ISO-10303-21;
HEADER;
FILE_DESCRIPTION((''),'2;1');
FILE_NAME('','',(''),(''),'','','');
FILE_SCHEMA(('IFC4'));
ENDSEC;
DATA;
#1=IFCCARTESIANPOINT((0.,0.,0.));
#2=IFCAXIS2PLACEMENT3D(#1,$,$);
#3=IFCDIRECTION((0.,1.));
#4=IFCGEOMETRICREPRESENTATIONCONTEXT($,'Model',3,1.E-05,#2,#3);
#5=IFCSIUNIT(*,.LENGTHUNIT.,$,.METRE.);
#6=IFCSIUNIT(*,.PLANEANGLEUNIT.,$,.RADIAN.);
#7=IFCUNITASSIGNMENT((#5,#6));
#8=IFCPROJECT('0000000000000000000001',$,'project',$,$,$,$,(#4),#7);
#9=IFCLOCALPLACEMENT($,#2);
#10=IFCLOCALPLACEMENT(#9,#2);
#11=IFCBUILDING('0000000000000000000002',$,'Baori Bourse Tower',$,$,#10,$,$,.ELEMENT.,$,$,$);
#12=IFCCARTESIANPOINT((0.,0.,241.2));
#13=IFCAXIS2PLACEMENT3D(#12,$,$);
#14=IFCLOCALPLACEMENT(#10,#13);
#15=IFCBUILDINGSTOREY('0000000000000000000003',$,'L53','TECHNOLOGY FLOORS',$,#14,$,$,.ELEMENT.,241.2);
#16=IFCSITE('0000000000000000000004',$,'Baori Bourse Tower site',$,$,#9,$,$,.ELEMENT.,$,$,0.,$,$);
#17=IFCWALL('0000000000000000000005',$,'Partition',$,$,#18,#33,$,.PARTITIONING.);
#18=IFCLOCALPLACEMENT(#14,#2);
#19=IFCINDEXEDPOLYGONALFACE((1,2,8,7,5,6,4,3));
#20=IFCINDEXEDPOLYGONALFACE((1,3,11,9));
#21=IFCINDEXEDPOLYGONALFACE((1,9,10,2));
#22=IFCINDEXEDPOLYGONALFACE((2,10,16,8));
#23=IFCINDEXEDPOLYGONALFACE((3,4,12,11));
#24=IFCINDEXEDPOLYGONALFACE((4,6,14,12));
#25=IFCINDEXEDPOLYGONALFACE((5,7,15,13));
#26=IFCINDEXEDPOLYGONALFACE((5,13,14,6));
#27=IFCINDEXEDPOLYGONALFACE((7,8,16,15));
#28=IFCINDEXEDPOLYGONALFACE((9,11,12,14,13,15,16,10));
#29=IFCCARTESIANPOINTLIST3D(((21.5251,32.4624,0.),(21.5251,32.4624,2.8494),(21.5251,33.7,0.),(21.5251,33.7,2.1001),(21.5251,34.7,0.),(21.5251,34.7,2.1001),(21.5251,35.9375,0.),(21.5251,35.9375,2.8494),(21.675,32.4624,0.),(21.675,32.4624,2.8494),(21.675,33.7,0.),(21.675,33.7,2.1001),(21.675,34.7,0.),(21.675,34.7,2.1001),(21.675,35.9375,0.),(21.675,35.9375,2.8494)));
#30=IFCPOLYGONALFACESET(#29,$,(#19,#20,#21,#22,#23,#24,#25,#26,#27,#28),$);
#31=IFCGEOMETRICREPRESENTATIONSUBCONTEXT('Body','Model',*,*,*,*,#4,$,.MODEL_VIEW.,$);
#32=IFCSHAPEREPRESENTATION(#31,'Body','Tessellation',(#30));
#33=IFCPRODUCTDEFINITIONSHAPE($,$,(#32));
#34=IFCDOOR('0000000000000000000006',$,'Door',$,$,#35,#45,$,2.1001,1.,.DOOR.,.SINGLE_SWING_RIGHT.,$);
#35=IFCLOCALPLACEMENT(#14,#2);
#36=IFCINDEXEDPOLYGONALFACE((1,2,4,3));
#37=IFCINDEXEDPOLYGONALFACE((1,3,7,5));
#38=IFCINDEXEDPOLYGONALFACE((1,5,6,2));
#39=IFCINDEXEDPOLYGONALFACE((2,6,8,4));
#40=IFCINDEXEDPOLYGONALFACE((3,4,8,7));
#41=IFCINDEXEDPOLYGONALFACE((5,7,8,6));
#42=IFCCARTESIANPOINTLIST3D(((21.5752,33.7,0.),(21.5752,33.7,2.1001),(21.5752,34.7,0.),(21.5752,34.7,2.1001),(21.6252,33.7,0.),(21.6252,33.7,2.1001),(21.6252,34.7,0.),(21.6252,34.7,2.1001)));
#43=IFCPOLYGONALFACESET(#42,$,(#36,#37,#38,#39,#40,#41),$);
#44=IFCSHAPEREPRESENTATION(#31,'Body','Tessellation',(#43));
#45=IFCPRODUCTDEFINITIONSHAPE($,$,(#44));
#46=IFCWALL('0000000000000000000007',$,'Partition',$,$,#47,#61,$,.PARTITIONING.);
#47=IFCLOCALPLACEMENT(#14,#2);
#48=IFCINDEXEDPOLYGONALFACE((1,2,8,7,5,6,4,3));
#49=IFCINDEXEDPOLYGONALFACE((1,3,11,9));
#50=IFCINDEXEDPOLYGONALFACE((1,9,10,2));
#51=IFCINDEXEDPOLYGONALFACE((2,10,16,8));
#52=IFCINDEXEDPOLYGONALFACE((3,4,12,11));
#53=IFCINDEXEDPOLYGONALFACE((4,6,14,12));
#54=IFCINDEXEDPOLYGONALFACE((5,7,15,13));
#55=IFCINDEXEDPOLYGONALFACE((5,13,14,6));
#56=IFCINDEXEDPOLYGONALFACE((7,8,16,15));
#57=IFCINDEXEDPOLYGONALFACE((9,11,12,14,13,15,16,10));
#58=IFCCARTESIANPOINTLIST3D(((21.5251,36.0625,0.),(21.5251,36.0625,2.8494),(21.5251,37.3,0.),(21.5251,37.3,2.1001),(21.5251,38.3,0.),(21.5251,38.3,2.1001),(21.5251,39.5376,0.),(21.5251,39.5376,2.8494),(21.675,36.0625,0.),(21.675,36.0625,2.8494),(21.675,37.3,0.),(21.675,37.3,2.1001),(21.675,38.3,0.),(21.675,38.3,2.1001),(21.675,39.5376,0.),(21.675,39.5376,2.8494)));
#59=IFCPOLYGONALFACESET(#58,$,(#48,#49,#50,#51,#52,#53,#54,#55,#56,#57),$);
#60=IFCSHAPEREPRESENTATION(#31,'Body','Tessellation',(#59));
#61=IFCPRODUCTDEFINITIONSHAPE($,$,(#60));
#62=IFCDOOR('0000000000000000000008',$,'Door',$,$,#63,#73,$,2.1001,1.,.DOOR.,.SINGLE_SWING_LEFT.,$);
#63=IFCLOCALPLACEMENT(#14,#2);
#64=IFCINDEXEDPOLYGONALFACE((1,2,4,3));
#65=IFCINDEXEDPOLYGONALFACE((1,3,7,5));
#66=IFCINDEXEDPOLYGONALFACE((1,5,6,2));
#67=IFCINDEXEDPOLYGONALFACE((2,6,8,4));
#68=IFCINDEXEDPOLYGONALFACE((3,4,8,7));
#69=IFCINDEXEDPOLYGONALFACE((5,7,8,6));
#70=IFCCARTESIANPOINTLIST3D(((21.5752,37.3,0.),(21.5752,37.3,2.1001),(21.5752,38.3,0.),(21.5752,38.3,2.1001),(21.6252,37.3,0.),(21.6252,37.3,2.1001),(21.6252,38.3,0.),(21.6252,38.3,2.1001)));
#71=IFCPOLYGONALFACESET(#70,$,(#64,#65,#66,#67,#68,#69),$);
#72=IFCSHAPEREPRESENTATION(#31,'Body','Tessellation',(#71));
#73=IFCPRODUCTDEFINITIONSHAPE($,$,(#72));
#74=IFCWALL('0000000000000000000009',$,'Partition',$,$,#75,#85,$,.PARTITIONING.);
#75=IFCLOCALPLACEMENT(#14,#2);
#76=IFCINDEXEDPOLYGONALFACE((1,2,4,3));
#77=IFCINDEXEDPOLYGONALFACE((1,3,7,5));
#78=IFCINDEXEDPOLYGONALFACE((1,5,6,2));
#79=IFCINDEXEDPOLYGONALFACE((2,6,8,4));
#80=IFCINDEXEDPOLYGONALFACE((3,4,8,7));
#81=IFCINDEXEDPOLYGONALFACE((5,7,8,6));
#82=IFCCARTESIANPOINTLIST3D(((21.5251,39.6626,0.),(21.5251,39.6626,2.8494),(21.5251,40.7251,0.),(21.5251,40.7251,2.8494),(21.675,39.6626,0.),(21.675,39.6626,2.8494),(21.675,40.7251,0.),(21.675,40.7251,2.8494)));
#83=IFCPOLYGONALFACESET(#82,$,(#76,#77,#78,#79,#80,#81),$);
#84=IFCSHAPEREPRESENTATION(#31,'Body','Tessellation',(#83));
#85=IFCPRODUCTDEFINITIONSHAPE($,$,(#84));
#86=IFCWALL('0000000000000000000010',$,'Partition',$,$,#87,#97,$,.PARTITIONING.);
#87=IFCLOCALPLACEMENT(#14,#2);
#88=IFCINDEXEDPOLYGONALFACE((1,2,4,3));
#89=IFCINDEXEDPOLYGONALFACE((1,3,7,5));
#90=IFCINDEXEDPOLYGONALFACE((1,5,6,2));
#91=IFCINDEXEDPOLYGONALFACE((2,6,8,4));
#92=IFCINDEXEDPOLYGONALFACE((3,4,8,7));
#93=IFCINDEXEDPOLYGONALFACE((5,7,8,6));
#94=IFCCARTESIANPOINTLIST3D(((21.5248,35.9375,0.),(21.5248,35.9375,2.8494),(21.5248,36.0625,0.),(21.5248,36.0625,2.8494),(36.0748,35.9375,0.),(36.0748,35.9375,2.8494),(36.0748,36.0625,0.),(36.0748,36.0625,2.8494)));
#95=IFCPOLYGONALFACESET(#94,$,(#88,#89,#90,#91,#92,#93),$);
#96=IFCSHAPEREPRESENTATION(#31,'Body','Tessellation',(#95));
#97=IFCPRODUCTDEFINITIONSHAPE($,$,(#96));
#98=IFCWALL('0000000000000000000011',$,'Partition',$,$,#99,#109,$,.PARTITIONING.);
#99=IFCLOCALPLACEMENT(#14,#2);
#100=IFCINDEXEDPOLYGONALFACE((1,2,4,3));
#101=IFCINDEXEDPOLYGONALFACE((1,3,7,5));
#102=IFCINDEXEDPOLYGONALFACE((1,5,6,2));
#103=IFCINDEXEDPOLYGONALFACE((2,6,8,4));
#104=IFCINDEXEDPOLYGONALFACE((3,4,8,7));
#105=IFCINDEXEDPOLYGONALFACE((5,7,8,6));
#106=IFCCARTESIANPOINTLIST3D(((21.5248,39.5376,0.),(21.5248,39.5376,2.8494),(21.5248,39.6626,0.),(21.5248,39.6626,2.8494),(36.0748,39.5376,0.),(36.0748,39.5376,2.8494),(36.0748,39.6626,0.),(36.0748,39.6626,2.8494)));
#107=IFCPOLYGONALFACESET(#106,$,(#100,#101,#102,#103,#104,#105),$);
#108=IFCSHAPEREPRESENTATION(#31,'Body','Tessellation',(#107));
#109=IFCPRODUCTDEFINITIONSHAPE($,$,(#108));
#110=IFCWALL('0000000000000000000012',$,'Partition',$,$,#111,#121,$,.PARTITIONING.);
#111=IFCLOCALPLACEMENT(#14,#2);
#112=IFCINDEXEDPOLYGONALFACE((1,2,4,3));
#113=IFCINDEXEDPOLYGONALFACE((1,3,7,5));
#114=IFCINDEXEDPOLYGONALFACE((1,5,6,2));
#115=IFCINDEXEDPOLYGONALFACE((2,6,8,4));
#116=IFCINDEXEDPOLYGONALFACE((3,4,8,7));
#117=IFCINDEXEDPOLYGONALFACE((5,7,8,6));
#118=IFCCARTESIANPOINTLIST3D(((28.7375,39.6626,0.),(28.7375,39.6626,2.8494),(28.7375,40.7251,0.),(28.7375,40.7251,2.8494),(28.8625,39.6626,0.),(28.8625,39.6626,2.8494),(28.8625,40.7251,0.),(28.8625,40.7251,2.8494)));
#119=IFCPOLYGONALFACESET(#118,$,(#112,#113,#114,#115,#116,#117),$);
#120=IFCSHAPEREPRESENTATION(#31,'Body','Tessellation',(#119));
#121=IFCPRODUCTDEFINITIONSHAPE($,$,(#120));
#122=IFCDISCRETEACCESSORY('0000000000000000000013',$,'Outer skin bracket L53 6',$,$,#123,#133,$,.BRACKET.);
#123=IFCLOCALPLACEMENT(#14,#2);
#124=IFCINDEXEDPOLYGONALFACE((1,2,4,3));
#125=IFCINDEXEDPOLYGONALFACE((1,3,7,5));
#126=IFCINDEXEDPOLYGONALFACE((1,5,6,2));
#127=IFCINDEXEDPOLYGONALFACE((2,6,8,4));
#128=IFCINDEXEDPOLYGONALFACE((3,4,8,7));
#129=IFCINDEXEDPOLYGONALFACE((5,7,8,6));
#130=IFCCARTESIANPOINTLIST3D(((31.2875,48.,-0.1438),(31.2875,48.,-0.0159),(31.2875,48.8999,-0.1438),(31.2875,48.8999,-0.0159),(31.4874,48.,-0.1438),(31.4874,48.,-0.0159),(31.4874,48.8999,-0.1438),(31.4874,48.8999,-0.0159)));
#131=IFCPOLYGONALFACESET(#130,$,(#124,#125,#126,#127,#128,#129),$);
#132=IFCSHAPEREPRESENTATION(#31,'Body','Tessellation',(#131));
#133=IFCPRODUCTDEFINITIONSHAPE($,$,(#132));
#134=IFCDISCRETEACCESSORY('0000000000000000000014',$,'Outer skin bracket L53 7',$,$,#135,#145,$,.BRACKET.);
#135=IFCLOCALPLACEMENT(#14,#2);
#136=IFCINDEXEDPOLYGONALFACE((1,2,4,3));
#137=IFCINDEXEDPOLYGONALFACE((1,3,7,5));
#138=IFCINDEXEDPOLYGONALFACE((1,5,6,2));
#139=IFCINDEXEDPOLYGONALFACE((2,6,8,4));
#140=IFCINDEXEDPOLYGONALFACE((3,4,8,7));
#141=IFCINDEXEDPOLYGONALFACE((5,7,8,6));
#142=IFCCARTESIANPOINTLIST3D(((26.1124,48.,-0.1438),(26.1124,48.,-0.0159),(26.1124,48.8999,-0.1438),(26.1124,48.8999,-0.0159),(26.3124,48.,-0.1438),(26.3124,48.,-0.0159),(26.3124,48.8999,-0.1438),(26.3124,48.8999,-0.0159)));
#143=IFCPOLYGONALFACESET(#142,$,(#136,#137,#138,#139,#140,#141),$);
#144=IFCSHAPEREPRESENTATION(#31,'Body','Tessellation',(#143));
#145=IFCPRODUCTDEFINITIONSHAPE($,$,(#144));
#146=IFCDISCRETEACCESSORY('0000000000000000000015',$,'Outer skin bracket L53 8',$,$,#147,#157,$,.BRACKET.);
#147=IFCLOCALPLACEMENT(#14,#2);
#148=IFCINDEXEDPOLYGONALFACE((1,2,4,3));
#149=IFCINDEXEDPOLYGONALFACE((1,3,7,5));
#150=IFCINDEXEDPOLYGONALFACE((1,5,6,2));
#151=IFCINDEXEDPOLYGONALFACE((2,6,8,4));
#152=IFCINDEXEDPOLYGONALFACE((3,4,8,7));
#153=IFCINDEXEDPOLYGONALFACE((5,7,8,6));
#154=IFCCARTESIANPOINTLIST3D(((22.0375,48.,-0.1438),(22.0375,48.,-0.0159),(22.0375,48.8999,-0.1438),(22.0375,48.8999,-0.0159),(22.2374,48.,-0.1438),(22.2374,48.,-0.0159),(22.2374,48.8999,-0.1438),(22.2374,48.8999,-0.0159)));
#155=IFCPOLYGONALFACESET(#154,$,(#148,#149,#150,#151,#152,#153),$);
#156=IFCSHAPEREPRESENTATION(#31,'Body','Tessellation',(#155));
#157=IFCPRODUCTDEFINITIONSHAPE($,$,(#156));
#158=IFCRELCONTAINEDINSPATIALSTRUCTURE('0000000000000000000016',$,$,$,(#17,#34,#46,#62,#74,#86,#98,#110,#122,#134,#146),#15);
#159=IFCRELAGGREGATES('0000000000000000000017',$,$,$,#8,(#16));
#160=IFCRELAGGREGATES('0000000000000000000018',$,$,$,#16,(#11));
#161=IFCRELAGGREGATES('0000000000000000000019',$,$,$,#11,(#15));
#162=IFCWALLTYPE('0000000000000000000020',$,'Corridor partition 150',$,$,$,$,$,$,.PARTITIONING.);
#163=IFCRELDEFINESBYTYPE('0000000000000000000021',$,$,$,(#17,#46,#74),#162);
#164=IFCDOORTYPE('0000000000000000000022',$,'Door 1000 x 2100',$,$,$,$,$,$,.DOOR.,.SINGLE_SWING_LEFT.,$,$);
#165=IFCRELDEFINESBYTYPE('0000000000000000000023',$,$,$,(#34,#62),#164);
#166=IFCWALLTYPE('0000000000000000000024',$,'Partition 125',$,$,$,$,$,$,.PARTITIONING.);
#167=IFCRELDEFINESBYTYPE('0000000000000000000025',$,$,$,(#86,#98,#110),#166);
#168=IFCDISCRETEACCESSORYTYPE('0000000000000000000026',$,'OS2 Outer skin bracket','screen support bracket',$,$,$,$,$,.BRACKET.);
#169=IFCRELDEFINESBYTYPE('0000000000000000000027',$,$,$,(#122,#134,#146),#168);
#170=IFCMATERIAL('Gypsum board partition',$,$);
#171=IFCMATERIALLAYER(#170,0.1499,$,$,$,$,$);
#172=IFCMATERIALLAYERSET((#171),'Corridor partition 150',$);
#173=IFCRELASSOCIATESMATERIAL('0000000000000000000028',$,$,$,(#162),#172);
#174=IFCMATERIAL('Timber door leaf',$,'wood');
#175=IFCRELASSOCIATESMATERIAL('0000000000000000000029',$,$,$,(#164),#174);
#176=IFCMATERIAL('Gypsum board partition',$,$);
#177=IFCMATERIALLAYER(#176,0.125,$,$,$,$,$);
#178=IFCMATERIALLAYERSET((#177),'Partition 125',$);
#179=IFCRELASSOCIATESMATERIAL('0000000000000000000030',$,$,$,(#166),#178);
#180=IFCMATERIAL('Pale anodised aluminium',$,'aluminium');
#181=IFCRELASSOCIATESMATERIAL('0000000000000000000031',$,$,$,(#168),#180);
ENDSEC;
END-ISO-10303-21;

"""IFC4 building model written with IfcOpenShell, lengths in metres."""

from ifc_helpers import new_model, si_unit, direction, frame, frame_2d, origin, origin_2d, place, context, subcontext, project, spatial, rectangle, extrude, material, layer, layer_set, type_object, element, fill, save


model = new_model("IFC4")

# Units and contexts
model_context = context("Model", 3, precision=1e-05, world=origin(), true_north=direction((0.0, 1.0)))
body_context = subcontext(model_context, "Body", "Model", "MODEL_VIEW")
ifc_project = project(units=[si_unit("LENGTHUNIT", "METRE"), si_unit("PLANEANGLEUNIT", "RADIAN")], contexts=[model_context])

# Site, building, storey
site_placement = place(None, origin())
site = spatial("IfcSite", under=ifc_project, at=site_placement, Name="Baori Bourse Tower site", CompositionType="ELEMENT", RefElevation=0.0)
building_placement = place(site_placement, origin())
building = spatial("IfcBuilding", under=site, at=building_placement, Name="Baori Bourse Tower", CompositionType="ELEMENT")
storey_placement = place(building_placement, frame((0.0, 0.0, 241.2)))
storey = spatial("IfcBuildingStorey", under=building, at=storey_placement, Name="L53", Description="TECHNOLOGY FLOORS", CompositionType="ELEMENT", Elevation=241.2)

# Shared definitions
ifc_material_1 = material(Name="Gypsum board partition")
ifc_layer_1 = layer(ifc_material_1, 0.1499)
ifc_layer_set_1 = layer_set([ifc_layer_1], Name="Corridor partition 150")
wall_type_1 = type_object("IfcWallType", Name="Corridor partition 150", PredefinedType="PARTITIONING", material=ifc_layer_set_1)
ifc_material_2 = material(Name="Timber door leaf", Category="wood")
door_type = type_object("IfcDoorType", Name="Door 1000 x 2100", OperationType="SINGLE_SWING_LEFT", PredefinedType="DOOR", material=ifc_material_2)

# Walls, openings, doors
wall_1_placement = place(storey_placement, frame((21.6001, 32.4624, 0.0), z_axis=(0.0, 0.0, 1.0), x_axis=(0.0, 1.0, 0.0)))
wall_1 = element("IfcWall", 1, at=wall_1_placement, inside=storey, type_object=wall_type_1, Name="Partition", PredefinedType="PARTITIONING", context=body_context, shape_type="SweptSolid", body=[
    extrude(rectangle(XDim=3.4751, YDim=0.1499, at=frame_2d((1.7375, 0.0))), origin(), (0.0, 0.0, 1.0), 2.8494),
])
opening_1_placement = place(wall_1_placement, frame((1.2375, 0.0, 0.0)))
opening_1 = element("IfcOpeningElement", 2, at=opening_1_placement, cuts=wall_1, PredefinedType="OPENING", context=body_context, shape_type="SweptSolid", body=[
    extrude(rectangle(XDim=1.0, YDim=2.1001, at=frame_2d((0.5, 1.05))), frame((0.0, 0.085, 0.0), z_axis=(0.0, -1.0, 0.0), x_axis=(1.0, 0.0, 0.0)), (0.0, 0.0, 1.0), 0.1699),
])
door_1_placement = place(opening_1_placement, origin())
door_1 = element("IfcDoor", 3, at=door_1_placement, inside=storey, type_object=door_type, Name="Door", OperationType="SINGLE_SWING_RIGHT", OverallHeight=2.1001, OverallWidth=1.0, PredefinedType="DOOR", context=body_context, shape_type="SweptSolid", body=[
    extrude(rectangle(XDim=1.0, YDim=2.1001, at=frame_2d((0.5, 1.05))), frame((0.0, 0.0249, 0.0), z_axis=(0.0, -1.0, 0.0), x_axis=(1.0, 0.0, 0.0)), (0.0, 0.0, 1.0), 0.05),
])
fill(opening_1, door_1)
wall_2_placement = place(storey_placement, frame((21.6001, 36.0625, 0.0), z_axis=(0.0, 0.0, 1.0), x_axis=(0.0, 1.0, 0.0)))
wall_2 = element("IfcWall", 4, at=wall_2_placement, inside=storey, type_object=wall_type_1, Name="Partition", PredefinedType="PARTITIONING", context=body_context, shape_type="SweptSolid", body=[
    extrude(rectangle(XDim=3.4751, YDim=0.1499, at=frame_2d((1.7375, 0.0))), origin(), (0.0, 0.0, 1.0), 2.8494),
])
opening_2_placement = place(wall_2_placement, frame((1.2375, 0.0, 0.0)))
opening_2 = element("IfcOpeningElement", 5, at=opening_2_placement, cuts=wall_2, PredefinedType="OPENING", context=body_context, shape_type="SweptSolid", body=[
    extrude(rectangle(XDim=1.0, YDim=2.1001, at=frame_2d((0.5, 1.05))), frame((0.0, 0.085, 0.0), z_axis=(0.0, -1.0, 0.0), x_axis=(1.0, 0.0, 0.0)), (0.0, 0.0, 1.0), 0.1699),
])
door_2_placement = place(opening_2_placement, origin())
door_2 = element("IfcDoor", 6, at=door_2_placement, inside=storey, type_object=door_type, Name="Door", OperationType="SINGLE_SWING_LEFT", OverallHeight=2.1001, OverallWidth=1.0, PredefinedType="DOOR", context=body_context, shape_type="SweptSolid", body=[
    extrude(rectangle(XDim=1.0, YDim=2.1001, at=frame_2d((0.5, 1.05))), frame((0.0, 0.0249, 0.0), z_axis=(0.0, -1.0, 0.0), x_axis=(1.0, 0.0, 0.0)), (0.0, 0.0, 1.0), 0.05),
])
fill(opening_2, door_2)

# Walls
wall_3_placement = place(storey_placement, frame((21.6001, 39.6626, 0.0), z_axis=(0.0, 0.0, 1.0), x_axis=(0.0, 1.0, 0.0)))
element("IfcWall", 7, at=wall_3_placement, inside=storey, type_object=wall_type_1, Name="Partition", PredefinedType="PARTITIONING", context=body_context, shape_type="SweptSolid", body=[
    extrude(rectangle(XDim=1.0625, YDim=0.1499, at=frame_2d((0.5312, 0.0))), origin(), (0.0, 0.0, 1.0), 2.8494),
])
ifc_material_3 = material(Name="Gypsum board partition")
ifc_layer_2 = layer(ifc_material_3, 0.125)
ifc_layer_set_2 = layer_set([ifc_layer_2], Name="Partition 125")
wall_type_2 = type_object("IfcWallType", Name="Partition 125", PredefinedType="PARTITIONING", material=ifc_layer_set_2)
for number, where, z_axis, x_axis, name in (
    (8, (21.5249, 36.0, 0.0), (0.0, 0.0, 1.0), (1.0, 0.0, 0.0), "Partition"),
    (9, (21.5249, 39.6001, 0.0), (0.0, 0.0, 1.0), (1.0, 0.0, 0.0), "Partition"),
):
    element("IfcWall", number, at=place(storey_placement, frame(where, z_axis=z_axis, x_axis=x_axis)), inside=storey, type_object=wall_type_2, Name=name, PredefinedType="PARTITIONING", context=body_context, shape_type="SweptSolid", body=[
        extrude(rectangle(XDim=14.55, YDim=0.125, at=frame_2d((7.2749, 0.0))), origin(), (0.0, 0.0, 1.0), 2.8494),
    ])
wall_4_placement = place(storey_placement, frame((28.8, 39.6626, 0.0), z_axis=(0.0, 0.0, 1.0), x_axis=(0.0, 1.0, 0.0)))
element("IfcWall", 10, at=wall_4_placement, inside=storey, type_object=wall_type_2, Name="Partition", PredefinedType="PARTITIONING", context=body_context, shape_type="SweptSolid", body=[
    extrude(rectangle(XDim=1.0625, YDim=0.125, at=frame_2d((0.5312, 0.0))), origin(), (0.0, 0.0, 1.0), 2.8494),
])

# Discrete accessories
ifc_material_4 = material(Name="Pale anodised aluminium", Category="aluminium")
discrete_accessory_type = type_object("IfcDiscreteAccessoryType", Name="OS2 Outer skin bracket", Description="screen support bracket", PredefinedType="BRACKET", material=ifc_material_4)
for number, where, z_axis, x_axis, name in (
    (11, (31.3875, 48.45, -0.1438), (0.0, 0.0, 1.0), (-1.0, 0.0, 0.0), "Outer skin bracket L53 6"),
    (12, (26.2124, 48.45, -0.1438), (0.0, 0.0, 1.0), (-1.0, 0.0, 0.0), "Outer skin bracket L53 7"),
    (13, (22.1375, 48.45, -0.1438), (0.0, 0.0, 1.0), (-1.0, 0.0, 0.0), "Outer skin bracket L53 8"),
):
    element("IfcDiscreteAccessory", number, at=place(storey_placement, frame(where, z_axis=z_axis, x_axis=x_axis)), inside=storey, type_object=discrete_accessory_type, Name=name, PredefinedType="BRACKET", context=body_context, shape_type="SweptSolid", body=[
        extrude(rectangle(XDim=0.2, YDim=0.8999, at=origin_2d()), origin(), (0.0, 0.0, 1.0), 0.1279),
    ])

save(model, "model.ifc")
